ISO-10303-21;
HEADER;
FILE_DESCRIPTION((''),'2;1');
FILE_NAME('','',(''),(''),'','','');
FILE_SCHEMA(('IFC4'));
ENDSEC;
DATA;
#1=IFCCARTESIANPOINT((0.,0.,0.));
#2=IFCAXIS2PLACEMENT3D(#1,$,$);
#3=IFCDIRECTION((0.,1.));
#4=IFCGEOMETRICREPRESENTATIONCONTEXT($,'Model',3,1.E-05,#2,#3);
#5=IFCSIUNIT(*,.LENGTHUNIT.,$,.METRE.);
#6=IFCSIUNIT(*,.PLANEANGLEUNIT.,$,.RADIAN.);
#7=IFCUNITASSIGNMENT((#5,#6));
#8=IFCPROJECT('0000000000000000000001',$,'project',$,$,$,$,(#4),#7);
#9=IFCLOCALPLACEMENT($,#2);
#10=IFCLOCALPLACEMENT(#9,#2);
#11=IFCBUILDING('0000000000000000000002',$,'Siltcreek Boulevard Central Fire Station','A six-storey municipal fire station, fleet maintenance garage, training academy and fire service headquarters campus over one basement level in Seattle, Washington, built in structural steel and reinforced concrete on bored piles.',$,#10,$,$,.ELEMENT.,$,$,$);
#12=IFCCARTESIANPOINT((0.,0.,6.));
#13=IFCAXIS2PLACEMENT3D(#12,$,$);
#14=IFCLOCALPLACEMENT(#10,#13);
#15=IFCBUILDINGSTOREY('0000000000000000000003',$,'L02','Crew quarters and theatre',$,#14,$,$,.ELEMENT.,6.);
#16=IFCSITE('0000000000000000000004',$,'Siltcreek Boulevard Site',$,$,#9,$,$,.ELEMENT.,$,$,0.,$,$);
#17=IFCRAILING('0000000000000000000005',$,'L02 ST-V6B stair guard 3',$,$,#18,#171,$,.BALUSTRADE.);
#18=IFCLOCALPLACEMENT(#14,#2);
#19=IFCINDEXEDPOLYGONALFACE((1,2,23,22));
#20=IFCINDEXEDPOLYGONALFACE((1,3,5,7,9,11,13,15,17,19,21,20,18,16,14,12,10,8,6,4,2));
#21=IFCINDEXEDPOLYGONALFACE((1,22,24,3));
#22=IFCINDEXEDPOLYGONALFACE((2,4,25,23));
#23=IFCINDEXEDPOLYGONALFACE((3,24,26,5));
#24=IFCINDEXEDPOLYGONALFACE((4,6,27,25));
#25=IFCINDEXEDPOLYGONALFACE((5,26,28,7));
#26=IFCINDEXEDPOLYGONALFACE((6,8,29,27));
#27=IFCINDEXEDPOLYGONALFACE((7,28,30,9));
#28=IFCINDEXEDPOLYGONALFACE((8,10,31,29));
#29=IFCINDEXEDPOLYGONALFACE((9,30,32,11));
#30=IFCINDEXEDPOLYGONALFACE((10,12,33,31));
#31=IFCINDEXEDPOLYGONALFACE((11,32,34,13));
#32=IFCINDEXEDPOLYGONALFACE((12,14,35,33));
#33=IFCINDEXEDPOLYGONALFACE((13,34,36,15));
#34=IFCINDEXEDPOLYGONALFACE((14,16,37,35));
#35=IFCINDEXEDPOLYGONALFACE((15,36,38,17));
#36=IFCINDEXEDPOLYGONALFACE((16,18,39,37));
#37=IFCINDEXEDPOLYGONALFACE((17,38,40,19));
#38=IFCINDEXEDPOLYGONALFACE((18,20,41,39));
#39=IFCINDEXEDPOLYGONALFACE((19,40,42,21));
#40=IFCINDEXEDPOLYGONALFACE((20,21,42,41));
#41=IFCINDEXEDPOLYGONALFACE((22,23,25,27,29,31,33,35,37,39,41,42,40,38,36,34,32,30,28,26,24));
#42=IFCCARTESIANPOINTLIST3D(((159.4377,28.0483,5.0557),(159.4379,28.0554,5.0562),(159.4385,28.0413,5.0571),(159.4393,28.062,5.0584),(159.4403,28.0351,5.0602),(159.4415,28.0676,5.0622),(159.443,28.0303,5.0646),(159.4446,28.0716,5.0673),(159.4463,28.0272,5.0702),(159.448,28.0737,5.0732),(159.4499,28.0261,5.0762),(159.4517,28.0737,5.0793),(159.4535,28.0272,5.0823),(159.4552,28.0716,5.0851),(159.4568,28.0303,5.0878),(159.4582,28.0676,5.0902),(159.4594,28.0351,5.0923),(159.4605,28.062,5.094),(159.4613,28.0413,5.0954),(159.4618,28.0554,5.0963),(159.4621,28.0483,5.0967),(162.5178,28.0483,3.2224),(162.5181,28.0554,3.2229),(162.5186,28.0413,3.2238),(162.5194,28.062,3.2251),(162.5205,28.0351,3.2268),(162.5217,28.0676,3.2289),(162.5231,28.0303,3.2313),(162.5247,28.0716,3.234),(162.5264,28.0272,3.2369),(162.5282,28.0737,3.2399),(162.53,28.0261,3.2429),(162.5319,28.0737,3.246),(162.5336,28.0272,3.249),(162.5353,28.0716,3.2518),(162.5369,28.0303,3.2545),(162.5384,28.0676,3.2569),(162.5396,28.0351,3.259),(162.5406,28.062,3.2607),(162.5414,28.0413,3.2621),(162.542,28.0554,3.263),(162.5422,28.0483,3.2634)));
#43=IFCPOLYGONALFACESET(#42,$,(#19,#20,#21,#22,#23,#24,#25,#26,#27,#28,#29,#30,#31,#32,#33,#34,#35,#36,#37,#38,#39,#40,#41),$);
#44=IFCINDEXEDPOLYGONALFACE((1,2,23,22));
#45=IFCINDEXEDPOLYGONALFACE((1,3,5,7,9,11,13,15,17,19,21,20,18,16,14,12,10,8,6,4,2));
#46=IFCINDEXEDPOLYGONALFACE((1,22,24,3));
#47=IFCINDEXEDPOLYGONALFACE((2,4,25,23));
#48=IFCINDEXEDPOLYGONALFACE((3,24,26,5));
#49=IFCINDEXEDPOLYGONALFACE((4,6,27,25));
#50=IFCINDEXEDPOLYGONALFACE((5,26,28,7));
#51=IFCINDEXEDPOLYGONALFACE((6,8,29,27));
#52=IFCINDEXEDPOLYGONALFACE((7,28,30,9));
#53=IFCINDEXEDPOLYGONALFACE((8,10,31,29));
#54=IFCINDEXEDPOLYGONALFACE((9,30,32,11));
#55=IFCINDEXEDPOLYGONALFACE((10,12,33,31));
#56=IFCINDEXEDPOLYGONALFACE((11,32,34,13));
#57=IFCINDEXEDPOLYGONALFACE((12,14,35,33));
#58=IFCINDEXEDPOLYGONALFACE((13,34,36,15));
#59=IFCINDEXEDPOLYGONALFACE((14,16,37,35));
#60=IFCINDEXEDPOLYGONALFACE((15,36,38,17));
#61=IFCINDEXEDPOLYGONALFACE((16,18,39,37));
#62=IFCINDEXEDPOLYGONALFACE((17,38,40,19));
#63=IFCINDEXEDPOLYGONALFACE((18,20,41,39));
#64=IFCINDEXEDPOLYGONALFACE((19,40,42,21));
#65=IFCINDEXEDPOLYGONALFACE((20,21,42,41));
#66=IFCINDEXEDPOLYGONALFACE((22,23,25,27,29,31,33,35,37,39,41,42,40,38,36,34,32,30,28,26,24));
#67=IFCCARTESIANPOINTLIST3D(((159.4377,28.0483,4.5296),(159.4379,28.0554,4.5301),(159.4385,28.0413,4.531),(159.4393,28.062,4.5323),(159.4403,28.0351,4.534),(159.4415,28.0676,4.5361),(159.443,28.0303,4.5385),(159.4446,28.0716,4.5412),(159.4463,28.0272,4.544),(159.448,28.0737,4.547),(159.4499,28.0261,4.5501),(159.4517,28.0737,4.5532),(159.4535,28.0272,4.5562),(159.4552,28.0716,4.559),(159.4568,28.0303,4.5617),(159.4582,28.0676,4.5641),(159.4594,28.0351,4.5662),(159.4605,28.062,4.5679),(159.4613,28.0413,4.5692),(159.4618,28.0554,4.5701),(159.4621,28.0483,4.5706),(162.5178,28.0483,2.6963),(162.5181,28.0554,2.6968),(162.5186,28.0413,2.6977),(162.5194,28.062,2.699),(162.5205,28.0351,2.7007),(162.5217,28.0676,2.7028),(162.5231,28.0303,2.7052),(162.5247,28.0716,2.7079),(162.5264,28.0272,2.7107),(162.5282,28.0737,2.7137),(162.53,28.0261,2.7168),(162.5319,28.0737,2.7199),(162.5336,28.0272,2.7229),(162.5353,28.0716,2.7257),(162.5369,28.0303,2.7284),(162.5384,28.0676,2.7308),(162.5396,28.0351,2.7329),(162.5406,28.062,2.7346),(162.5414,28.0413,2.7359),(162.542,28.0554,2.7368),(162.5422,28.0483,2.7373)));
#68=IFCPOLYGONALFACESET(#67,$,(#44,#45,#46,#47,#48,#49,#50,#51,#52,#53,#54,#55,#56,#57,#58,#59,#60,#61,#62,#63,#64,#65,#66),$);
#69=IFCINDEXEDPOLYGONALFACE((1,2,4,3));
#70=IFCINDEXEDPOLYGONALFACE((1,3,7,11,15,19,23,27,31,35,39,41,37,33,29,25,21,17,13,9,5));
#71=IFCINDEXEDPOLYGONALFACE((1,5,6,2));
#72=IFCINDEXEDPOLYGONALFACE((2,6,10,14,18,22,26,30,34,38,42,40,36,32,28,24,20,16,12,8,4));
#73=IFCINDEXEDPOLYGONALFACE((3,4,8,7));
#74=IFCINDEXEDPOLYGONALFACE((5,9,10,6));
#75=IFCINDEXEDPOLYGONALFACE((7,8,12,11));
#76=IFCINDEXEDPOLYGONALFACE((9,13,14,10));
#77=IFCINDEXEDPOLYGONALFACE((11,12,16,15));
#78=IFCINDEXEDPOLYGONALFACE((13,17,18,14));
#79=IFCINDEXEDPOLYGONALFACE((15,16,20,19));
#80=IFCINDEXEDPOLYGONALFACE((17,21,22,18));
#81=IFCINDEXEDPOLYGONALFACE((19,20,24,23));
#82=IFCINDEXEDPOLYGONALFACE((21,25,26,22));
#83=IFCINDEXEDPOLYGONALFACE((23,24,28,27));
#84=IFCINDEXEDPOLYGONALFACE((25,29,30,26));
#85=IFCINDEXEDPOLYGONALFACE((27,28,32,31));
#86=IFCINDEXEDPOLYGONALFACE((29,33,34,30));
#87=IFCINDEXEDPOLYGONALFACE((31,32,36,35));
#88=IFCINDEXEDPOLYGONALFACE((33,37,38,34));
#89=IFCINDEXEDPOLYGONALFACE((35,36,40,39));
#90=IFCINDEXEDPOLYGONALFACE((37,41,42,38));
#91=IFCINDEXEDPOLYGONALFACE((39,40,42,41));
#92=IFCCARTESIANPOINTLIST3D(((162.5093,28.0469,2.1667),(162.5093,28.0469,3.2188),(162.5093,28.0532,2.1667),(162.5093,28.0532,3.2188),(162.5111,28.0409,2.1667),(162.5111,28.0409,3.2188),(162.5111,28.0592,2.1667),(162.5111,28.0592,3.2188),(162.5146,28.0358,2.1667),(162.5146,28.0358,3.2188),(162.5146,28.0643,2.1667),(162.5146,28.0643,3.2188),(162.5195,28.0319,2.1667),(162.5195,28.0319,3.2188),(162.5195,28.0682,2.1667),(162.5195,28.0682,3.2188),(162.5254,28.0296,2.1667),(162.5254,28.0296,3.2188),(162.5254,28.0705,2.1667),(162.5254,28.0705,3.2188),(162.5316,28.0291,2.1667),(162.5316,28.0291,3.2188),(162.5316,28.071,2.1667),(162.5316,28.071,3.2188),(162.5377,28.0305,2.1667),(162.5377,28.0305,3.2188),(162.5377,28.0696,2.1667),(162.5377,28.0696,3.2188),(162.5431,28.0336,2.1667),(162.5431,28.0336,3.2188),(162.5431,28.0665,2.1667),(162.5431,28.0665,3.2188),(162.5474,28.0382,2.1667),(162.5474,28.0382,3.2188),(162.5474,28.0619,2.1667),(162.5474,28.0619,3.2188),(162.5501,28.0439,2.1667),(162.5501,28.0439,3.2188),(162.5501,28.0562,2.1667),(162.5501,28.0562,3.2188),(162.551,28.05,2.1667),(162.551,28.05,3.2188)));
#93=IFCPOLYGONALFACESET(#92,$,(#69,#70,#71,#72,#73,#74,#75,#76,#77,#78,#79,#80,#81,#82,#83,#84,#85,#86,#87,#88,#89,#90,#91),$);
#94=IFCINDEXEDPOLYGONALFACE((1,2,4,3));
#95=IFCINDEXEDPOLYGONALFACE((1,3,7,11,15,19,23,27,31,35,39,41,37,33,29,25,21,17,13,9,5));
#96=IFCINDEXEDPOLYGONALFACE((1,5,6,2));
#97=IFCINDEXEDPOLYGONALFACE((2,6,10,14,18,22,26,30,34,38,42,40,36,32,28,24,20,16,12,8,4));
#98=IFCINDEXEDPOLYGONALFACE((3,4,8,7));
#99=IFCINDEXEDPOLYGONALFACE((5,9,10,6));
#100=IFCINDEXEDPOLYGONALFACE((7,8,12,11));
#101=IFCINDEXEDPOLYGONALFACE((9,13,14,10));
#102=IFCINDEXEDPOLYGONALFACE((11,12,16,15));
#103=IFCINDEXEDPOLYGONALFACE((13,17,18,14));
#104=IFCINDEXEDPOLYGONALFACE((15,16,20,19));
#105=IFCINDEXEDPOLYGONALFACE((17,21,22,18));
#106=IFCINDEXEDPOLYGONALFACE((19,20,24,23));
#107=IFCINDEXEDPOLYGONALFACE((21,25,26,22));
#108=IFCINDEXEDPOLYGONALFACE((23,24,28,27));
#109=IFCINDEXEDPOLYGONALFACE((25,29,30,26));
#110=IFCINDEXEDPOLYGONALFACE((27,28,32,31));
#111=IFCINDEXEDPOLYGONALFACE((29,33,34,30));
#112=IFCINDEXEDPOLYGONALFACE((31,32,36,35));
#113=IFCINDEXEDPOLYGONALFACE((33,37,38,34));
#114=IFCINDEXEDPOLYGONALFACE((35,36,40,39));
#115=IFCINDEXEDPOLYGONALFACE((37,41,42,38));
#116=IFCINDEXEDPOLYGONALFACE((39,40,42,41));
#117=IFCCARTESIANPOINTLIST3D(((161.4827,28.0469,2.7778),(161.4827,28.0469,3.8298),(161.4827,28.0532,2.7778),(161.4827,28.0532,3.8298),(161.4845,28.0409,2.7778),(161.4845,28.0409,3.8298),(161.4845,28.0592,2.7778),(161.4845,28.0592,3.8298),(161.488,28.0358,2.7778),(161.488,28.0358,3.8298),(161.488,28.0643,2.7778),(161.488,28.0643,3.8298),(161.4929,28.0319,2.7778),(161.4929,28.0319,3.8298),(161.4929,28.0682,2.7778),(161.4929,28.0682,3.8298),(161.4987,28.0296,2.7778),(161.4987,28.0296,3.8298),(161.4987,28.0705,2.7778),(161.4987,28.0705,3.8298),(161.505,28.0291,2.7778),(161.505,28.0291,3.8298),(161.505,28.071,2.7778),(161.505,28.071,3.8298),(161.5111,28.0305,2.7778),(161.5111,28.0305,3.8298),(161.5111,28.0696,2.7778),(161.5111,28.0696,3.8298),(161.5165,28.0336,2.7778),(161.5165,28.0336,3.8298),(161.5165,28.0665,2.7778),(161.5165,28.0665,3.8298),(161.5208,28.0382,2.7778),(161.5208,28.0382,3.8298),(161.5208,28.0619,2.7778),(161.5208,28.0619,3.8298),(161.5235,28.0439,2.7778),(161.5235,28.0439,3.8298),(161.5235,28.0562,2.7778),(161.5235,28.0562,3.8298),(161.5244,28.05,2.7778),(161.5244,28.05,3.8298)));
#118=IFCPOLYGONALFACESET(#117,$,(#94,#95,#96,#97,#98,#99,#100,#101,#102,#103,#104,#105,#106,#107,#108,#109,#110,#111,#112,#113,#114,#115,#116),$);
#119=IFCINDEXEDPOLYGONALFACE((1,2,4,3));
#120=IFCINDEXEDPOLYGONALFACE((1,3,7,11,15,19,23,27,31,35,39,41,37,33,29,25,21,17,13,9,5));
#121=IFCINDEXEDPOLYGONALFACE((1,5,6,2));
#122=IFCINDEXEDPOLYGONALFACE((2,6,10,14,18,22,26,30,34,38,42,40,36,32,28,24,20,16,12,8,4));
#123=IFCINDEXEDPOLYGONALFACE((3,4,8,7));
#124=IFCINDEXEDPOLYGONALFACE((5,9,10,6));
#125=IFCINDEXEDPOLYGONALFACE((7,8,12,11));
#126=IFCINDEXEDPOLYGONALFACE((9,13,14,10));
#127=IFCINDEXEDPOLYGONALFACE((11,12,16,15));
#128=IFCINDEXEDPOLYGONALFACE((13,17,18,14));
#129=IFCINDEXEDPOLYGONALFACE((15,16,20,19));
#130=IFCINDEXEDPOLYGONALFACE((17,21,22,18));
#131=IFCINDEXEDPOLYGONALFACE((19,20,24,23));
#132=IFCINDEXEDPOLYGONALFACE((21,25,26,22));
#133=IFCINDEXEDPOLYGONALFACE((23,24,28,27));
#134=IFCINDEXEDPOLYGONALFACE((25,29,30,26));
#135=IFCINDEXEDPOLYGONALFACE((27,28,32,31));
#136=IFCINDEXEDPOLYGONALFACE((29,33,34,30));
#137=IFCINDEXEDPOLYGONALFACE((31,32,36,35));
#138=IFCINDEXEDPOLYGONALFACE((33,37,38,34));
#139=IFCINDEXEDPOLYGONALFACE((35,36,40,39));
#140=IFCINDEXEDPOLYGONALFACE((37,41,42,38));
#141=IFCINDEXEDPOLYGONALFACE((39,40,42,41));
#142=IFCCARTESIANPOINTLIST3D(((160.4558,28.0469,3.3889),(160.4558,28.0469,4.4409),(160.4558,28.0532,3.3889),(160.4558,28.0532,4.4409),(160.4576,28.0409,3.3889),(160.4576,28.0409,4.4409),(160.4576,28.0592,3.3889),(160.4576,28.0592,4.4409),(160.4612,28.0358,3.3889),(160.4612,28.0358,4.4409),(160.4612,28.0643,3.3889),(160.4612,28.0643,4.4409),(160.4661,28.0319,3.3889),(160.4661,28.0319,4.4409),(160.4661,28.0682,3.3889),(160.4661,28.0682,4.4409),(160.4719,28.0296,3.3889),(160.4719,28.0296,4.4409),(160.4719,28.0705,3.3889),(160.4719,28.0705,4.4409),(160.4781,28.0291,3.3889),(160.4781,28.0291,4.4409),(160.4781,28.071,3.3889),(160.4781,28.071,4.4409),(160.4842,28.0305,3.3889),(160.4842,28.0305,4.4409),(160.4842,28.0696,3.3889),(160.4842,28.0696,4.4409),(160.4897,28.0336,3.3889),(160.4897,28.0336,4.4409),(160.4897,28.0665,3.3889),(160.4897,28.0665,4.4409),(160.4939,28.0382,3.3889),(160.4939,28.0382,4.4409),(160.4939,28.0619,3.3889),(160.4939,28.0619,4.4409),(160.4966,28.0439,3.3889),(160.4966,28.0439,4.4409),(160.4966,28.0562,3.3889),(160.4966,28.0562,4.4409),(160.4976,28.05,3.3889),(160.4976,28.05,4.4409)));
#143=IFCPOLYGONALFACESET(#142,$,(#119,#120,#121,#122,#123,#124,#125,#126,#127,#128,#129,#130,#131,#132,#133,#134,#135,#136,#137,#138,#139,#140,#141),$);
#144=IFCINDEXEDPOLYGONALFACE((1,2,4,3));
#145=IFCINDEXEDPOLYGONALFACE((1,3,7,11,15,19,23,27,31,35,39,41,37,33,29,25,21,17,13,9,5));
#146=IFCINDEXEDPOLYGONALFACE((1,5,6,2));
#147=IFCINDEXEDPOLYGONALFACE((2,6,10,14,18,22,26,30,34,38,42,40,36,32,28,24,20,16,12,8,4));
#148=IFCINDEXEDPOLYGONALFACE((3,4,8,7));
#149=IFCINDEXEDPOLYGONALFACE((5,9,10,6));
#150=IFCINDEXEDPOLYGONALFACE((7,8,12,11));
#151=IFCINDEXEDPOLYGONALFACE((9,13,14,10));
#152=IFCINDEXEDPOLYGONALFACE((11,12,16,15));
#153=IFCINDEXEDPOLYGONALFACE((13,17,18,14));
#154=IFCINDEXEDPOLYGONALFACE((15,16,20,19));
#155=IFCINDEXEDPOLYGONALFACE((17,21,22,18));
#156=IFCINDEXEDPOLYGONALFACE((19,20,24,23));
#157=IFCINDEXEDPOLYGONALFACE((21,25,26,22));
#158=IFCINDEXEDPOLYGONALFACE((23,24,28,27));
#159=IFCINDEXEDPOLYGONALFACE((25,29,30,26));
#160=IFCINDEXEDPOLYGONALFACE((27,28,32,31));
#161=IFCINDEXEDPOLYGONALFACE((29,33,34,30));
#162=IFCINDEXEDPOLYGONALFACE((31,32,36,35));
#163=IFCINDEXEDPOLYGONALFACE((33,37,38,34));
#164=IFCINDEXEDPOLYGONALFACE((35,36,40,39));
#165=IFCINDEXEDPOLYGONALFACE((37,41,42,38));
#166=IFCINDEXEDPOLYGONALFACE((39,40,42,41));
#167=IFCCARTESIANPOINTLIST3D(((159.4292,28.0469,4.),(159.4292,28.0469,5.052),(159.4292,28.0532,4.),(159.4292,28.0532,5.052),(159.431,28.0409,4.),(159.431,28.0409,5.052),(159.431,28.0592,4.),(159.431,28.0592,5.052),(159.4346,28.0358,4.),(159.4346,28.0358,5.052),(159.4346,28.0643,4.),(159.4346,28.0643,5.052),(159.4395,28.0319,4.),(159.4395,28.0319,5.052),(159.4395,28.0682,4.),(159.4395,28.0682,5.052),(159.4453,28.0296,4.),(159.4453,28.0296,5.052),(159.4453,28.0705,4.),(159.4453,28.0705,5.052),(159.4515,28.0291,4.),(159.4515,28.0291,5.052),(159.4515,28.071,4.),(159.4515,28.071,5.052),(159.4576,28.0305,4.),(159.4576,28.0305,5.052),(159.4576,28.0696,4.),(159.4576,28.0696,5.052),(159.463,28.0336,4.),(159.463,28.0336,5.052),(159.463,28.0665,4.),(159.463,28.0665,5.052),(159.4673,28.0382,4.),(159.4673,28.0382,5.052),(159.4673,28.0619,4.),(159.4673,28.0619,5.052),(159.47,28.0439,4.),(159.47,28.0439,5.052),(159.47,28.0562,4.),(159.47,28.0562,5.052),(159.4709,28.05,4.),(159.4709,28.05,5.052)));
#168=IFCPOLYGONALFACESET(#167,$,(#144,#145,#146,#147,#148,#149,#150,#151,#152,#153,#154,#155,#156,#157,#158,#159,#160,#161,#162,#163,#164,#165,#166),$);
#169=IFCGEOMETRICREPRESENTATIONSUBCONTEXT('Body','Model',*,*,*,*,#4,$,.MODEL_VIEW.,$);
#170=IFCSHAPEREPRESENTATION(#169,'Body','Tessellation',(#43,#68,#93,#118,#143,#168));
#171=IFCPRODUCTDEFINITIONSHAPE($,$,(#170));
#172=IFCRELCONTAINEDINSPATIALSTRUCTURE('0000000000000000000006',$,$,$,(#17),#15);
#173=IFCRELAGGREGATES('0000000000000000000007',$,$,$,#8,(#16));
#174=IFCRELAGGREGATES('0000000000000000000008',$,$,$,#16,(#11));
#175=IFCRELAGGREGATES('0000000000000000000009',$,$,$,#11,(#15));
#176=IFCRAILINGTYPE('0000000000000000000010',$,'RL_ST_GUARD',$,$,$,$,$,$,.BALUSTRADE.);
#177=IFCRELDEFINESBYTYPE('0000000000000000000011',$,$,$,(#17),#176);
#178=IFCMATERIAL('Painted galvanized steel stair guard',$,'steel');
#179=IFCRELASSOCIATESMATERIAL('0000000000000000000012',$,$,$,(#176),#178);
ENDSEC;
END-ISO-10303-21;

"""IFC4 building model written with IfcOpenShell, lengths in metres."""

from ifc_helpers import new_model, si_unit, direction, frame, origin, origin_2d, place, context, subcontext, project, spatial, circle, extrude, material, type_object, element, save


model = new_model("IFC4")

# Units and contexts
model_context = context("Model", 3, precision=1e-05, world=origin(), true_north=direction((0.0, 1.0)))
body_context = subcontext(model_context, "Body", "Model", "MODEL_VIEW")
ifc_project = project(units=[si_unit("LENGTHUNIT", "METRE"), si_unit("PLANEANGLEUNIT", "RADIAN")], contexts=[model_context])

# Site, building, storey
site_placement = place(None, origin())
site = spatial("IfcSite", under=ifc_project, at=site_placement, Name="Siltcreek Boulevard Site", CompositionType="ELEMENT", RefElevation=0.0)
building_placement = place(site_placement, origin())
building = spatial("IfcBuilding", under=site, at=building_placement, Name="Siltcreek Boulevard Central Fire Station", Description="A six-storey municipal fire station, fleet maintenance garage, training academy and fire service headquarters campus over one basement level in Seattle, Washington, built in structural steel and reinforced concrete on bored piles.", CompositionType="ELEMENT")
storey_placement = place(building_placement, frame((0.0, 0.0, 6.0)))
storey = spatial("IfcBuildingStorey", under=building, at=storey_placement, Name="L02", Description="Crew quarters and theatre", CompositionType="ELEMENT", Elevation=6.0)

# Railing
ifc_material_1 = material(Name="Painted galvanized steel stair guard", Category="steel")
railing_type_1 = type_object("IfcRailingType", Name="RL_ST_GUARD", PredefinedType="BALUSTRADE", material=ifc_material_1)
railing_1_placement = place(storey_placement, frame((162.53, 28.05, 2.1667)))
element("IfcRailing", 1, at=railing_1_placement, inside=storey, type_object=railing_type_1, Name="L02 ST-V6B stair guard 3", PredefinedType="BALUSTRADE", context=body_context, shape_type="SweptSolid", body=[
    extrude(circle(Radius=0.0239, at=origin_2d()), frame((0.0, 0.0, 1.0762), z_axis=(-0.859309, 0.0, 0.511458), x_axis=(0.0, -1.0, 0.0)), (0.0, 0.0, 1.0), 3.5845),
    extrude(circle(Radius=0.0239, at=origin_2d()), frame((0.0, 0.0, 0.55), z_axis=(-0.859309, 0.0, 0.511458), x_axis=(0.0, -1.0, 0.0)), (0.0, 0.0, 1.0), 3.5845),
    extrude(circle(Radius=0.021, at=origin_2d()), origin(), (0.0, 0.0, 1.0), 1.052),
    extrude(circle(Radius=0.021, at=origin_2d()), frame((-1.0266, 0.0, 0.6111)), (0.0, 0.0, 1.0), 1.052),
    extrude(circle(Radius=0.021, at=origin_2d()), frame((-2.0535, 0.0, 1.2222)), (0.0, 0.0, 1.0), 1.052),
    extrude(circle(Radius=0.021, at=origin_2d()), frame((-3.0801, 0.0, 1.8333)), (0.0, 0.0, 1.0), 1.052),
])

save(model, "model.ifc")
